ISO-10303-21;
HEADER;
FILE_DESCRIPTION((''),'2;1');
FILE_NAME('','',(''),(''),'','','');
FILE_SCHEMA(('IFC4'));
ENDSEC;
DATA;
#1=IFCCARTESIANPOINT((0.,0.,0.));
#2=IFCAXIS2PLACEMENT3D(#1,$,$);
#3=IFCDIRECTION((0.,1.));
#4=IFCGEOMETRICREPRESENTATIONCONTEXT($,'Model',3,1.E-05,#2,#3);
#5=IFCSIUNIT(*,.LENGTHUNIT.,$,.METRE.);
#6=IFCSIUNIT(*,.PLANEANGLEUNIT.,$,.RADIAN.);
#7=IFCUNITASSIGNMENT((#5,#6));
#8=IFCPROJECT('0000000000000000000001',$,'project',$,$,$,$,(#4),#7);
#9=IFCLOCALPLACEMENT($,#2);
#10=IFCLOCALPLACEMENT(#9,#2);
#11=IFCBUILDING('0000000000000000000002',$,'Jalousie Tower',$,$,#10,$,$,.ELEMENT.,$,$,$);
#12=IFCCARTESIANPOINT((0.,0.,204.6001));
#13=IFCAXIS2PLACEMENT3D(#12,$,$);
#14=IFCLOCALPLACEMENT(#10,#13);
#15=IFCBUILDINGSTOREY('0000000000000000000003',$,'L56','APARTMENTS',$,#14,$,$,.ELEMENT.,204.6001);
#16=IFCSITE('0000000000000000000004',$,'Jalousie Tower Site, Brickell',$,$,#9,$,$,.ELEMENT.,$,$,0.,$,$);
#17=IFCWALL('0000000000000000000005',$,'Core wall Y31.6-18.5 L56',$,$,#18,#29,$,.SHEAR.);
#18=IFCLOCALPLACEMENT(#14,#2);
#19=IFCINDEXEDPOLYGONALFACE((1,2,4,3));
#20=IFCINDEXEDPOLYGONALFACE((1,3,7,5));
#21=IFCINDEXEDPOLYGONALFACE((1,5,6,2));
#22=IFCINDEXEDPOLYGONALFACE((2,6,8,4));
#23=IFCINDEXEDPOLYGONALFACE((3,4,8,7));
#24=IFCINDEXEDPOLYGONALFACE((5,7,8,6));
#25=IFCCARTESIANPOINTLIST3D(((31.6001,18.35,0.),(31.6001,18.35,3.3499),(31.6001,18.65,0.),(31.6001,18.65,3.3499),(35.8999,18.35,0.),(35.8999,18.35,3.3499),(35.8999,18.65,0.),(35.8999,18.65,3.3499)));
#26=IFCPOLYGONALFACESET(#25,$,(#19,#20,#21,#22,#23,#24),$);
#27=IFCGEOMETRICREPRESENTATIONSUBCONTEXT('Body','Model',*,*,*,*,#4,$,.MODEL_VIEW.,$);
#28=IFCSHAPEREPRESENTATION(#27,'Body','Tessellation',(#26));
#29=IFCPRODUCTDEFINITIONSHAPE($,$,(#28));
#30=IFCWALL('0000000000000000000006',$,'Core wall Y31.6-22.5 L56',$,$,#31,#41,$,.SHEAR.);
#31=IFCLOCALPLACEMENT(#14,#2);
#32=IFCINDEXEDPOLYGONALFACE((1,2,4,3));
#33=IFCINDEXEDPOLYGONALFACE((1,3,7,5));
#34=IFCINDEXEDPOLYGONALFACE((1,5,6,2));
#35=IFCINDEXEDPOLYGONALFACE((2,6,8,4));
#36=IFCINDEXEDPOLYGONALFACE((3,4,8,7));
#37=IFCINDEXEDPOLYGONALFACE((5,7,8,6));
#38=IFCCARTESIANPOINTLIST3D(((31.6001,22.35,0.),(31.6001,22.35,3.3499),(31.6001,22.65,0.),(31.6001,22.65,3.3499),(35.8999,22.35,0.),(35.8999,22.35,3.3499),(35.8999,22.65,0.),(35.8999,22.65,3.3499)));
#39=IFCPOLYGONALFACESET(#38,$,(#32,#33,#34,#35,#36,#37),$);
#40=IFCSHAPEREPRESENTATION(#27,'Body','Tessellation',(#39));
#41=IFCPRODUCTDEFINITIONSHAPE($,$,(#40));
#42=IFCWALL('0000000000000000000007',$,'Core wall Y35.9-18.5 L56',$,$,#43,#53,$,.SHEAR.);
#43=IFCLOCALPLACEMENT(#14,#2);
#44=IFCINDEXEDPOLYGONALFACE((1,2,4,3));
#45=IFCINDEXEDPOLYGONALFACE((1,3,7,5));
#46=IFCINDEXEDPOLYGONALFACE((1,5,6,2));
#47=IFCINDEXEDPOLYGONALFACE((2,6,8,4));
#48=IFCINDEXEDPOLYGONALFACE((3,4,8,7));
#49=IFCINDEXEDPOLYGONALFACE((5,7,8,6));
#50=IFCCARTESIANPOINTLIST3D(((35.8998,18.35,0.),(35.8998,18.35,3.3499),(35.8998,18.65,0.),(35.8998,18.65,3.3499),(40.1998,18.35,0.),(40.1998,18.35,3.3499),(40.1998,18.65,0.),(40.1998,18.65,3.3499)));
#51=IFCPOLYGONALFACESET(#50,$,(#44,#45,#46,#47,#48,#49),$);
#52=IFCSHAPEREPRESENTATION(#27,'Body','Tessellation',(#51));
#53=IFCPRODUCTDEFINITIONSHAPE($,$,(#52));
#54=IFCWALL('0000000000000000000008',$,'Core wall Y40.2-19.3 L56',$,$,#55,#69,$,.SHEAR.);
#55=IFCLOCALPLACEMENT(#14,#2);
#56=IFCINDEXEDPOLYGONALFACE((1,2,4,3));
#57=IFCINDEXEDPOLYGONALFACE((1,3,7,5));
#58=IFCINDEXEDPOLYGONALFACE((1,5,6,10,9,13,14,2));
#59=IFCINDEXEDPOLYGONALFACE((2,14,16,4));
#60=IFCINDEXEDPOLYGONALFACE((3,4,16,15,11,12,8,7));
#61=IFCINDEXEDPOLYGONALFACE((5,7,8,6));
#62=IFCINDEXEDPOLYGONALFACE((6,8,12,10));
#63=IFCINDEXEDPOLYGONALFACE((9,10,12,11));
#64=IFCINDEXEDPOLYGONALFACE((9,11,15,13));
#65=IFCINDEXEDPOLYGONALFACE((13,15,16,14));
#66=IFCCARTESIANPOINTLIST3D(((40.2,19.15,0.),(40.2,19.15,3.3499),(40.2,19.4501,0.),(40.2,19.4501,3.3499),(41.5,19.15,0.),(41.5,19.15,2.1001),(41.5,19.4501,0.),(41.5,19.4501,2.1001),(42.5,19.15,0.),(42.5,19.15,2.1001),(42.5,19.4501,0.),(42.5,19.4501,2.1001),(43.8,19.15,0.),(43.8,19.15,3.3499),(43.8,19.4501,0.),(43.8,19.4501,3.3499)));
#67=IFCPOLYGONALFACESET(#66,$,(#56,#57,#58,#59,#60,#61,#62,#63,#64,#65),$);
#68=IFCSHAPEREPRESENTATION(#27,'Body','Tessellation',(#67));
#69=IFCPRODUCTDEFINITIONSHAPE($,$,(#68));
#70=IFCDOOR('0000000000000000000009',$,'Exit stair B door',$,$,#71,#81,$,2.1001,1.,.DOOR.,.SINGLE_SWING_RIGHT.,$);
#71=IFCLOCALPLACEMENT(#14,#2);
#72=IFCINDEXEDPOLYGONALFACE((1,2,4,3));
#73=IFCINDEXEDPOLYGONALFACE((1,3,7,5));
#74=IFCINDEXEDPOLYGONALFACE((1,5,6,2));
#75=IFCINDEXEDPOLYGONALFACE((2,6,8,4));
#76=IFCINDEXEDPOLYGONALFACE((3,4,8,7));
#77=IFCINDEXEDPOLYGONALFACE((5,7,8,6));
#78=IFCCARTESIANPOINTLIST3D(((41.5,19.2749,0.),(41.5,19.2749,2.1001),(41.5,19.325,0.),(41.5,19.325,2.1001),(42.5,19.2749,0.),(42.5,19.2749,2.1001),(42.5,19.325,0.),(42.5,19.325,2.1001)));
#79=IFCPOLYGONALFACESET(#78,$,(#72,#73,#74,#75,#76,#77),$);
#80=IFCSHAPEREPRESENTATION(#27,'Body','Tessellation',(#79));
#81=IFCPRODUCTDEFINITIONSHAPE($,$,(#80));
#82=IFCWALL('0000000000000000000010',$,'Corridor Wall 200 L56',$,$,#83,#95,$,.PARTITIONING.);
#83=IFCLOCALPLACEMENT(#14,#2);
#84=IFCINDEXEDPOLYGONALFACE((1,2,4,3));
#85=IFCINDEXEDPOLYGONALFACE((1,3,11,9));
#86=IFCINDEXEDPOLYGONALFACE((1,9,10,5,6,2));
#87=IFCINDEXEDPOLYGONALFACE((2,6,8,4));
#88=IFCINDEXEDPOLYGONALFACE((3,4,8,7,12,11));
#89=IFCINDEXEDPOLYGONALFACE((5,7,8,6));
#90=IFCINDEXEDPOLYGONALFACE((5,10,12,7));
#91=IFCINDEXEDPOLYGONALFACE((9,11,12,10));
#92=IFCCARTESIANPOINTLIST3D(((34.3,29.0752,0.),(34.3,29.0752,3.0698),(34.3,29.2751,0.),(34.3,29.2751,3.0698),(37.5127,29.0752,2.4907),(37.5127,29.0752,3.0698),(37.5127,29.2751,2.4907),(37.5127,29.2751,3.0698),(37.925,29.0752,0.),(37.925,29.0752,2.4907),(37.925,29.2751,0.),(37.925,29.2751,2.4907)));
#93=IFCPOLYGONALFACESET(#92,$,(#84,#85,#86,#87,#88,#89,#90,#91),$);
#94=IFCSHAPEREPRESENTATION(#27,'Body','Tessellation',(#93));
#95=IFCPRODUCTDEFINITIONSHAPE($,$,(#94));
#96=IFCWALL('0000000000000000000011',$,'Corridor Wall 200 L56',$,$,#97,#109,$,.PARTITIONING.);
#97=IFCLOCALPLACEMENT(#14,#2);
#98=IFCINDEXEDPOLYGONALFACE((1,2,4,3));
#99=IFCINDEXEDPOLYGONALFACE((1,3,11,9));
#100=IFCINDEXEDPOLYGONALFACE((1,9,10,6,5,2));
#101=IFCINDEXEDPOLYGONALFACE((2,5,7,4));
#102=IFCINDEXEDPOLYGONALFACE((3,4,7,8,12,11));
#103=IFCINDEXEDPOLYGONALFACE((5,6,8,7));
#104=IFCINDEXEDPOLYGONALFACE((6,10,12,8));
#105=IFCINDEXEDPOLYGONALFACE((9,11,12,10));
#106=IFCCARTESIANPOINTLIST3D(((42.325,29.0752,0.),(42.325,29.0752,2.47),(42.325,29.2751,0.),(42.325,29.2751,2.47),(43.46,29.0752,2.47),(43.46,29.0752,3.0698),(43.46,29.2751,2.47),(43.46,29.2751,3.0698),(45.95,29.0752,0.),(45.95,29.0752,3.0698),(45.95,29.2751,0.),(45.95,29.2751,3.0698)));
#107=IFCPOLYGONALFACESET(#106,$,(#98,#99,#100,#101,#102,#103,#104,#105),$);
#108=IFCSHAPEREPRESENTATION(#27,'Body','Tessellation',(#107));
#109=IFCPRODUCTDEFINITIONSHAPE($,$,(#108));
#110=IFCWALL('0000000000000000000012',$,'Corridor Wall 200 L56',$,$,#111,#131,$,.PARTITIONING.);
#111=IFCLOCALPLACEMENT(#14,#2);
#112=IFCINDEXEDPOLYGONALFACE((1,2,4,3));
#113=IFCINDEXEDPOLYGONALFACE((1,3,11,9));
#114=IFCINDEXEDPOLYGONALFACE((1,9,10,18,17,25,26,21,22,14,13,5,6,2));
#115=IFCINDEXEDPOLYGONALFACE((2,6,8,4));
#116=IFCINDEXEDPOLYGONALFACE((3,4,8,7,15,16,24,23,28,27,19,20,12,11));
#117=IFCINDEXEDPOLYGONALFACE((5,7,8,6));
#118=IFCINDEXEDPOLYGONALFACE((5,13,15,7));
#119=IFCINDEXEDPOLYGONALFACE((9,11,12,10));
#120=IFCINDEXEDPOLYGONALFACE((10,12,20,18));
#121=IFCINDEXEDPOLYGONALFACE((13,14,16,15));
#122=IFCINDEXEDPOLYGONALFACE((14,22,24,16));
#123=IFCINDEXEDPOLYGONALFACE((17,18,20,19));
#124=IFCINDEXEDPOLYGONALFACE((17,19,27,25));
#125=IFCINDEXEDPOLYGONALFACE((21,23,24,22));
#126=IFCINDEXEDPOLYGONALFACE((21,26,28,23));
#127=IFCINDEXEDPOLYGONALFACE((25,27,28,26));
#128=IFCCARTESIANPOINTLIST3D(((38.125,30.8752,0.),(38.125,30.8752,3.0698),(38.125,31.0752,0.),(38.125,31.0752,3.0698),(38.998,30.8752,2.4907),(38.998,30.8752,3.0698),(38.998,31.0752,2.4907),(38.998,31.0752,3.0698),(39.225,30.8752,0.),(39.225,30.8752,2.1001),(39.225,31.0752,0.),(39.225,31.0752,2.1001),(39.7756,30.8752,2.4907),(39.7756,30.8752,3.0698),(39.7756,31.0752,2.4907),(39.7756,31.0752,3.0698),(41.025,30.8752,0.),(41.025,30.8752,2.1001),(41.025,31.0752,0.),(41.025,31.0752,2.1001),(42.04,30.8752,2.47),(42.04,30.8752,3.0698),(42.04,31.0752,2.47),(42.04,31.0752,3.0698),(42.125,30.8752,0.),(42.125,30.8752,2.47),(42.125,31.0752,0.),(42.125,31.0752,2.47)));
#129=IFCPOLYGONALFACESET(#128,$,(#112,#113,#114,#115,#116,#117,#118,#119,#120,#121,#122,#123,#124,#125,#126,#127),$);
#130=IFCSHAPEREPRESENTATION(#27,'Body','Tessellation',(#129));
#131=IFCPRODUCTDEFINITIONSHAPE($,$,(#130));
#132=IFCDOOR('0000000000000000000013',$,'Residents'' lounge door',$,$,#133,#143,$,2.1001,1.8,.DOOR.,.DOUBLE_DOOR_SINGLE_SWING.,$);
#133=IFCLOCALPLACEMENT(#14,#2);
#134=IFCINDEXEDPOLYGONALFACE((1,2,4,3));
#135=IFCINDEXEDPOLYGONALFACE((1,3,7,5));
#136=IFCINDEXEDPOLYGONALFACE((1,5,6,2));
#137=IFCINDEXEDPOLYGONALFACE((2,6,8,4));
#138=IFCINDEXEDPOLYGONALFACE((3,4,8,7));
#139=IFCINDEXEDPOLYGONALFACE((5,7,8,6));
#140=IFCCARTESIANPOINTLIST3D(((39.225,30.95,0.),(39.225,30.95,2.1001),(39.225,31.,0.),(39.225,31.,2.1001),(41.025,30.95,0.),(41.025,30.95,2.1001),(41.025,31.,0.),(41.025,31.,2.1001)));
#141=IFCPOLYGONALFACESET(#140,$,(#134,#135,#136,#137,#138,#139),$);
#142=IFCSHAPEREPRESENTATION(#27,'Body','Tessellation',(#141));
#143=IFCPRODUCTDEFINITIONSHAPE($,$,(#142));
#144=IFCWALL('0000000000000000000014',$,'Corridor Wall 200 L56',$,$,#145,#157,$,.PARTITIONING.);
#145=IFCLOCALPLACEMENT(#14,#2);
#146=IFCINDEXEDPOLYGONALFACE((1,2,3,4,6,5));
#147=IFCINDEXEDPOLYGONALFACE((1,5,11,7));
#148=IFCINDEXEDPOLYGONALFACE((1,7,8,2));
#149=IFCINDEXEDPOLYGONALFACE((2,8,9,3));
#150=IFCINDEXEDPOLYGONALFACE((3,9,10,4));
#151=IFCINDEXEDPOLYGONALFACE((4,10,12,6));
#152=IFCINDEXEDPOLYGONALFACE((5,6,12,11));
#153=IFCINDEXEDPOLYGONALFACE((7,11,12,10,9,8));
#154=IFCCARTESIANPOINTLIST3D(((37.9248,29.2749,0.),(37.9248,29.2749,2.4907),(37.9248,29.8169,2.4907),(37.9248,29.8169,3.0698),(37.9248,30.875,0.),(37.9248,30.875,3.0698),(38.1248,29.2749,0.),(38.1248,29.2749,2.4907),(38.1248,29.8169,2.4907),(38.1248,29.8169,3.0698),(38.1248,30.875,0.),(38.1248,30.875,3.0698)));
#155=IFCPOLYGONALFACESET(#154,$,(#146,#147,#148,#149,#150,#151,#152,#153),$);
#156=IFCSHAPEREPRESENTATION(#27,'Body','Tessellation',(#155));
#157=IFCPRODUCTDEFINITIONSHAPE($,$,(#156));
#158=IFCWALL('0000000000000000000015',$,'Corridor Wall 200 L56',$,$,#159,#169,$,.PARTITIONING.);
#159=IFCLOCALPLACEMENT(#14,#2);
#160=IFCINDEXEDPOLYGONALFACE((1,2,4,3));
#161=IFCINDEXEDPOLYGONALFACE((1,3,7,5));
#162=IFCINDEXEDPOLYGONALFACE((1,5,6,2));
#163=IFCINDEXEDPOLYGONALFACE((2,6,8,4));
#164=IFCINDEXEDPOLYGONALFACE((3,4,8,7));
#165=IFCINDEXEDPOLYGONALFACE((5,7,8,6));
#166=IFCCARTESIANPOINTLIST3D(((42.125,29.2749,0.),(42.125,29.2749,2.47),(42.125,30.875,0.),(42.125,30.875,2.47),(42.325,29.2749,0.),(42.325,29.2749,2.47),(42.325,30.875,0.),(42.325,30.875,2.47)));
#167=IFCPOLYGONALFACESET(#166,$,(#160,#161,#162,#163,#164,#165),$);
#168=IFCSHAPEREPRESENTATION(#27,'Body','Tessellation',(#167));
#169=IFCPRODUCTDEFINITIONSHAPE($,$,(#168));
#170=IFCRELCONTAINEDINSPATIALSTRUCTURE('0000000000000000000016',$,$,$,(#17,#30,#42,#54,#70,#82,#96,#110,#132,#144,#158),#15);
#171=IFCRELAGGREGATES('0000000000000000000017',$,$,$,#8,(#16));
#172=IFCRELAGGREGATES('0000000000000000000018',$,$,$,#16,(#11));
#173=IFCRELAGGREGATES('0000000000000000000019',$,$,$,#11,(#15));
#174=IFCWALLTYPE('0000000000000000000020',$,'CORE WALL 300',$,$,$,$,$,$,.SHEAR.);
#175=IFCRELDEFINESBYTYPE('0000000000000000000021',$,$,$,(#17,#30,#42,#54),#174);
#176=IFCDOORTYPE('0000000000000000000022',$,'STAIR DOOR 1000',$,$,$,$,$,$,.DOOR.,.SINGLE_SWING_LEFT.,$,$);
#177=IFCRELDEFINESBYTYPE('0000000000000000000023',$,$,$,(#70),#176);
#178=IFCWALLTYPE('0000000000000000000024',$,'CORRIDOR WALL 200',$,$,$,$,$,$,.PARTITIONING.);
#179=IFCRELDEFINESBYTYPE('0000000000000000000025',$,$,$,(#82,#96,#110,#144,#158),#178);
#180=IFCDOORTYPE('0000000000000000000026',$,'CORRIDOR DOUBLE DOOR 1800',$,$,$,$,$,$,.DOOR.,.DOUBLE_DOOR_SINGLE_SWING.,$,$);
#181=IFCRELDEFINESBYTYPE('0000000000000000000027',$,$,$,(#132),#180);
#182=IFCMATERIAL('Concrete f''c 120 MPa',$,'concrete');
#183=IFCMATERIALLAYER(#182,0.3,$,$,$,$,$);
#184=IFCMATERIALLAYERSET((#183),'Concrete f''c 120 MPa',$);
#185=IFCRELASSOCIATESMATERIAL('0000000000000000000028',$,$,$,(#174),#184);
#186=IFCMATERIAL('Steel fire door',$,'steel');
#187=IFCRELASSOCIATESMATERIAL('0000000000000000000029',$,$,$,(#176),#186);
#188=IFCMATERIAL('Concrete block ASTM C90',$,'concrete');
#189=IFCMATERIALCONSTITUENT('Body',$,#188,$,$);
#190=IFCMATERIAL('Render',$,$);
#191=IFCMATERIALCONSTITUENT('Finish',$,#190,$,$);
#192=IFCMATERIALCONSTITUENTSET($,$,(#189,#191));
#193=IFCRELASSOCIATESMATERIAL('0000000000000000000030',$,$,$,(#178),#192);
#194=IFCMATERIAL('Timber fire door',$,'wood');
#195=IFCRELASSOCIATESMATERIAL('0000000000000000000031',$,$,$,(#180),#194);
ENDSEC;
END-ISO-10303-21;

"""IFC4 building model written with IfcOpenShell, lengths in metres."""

from ifc_helpers import new_model, si_unit, direction, frame, frame_2d, origin, place, context, subcontext, project, spatial, polyline, rectangle, outline, extrude, material, layer, layer_set, constituent, constituent_set, type_object, element, fill, save


model = new_model("IFC4")

# Units and contexts
model_context = context("Model", 3, precision=1e-05, world=origin(), true_north=direction((0.0, 1.0)))
body_context = subcontext(model_context, "Body", "Model", "MODEL_VIEW")
ifc_project = project(units=[si_unit("LENGTHUNIT", "METRE"), si_unit("PLANEANGLEUNIT", "RADIAN")], contexts=[model_context])

# Site, building, storey
site_placement = place(None, origin())
site = spatial("IfcSite", under=ifc_project, at=site_placement, Name="Jalousie Tower Site, Brickell", CompositionType="ELEMENT", RefElevation=0.0)
building_placement = place(site_placement, origin())
building = spatial("IfcBuilding", under=site, at=building_placement, Name="Jalousie Tower", CompositionType="ELEMENT")
storey_placement = place(building_placement, frame((0.0, 0.0, 204.6001)))
storey = spatial("IfcBuildingStorey", under=building, at=storey_placement, Name="L56", Description="APARTMENTS", CompositionType="ELEMENT", Elevation=204.6001)

# Shared definitions
ifc_material_1 = material(Name="Concrete f'c 120 MPa", Category="concrete")
ifc_layer_1 = layer(ifc_material_1, 0.3)
ifc_layer_set_1 = layer_set([ifc_layer_1], Name="Concrete f'c 120 MPa")
wall_type_1 = type_object("IfcWallType", Name="CORE WALL 300", PredefinedType="SHEAR", material=ifc_layer_set_1)

# Walls
for number, where, z_axis, x_axis, name in (
    (1, (31.6001, 18.5, 0.0), (0.0, 0.0, 1.0), (1.0, 0.0, 0.0), "Core wall Y31.6-18.5 L56"),
    (2, (31.6001, 22.5, 0.0), (0.0, 0.0, 1.0), (1.0, 0.0, 0.0), "Core wall Y31.6-22.5 L56"),
):
    element("IfcWall", number, at=place(storey_placement, frame(where, z_axis=z_axis, x_axis=x_axis)), inside=storey, type_object=wall_type_1, Name=name, PredefinedType="SHEAR", context=body_context, shape_type="SweptSolid", body=[
        extrude(rectangle(XDim=4.2998, YDim=0.3, at=frame_2d((2.1499, 0.0))), origin(), (0.0, 0.0, 1.0), 3.3499),
    ])
wall_1_placement = place(storey_placement, frame((35.8999, 18.5, 0.0), z_axis=(0.0, 0.0, 1.0), x_axis=(1.0, 0.0, 0.0)))
element("IfcWall", 3, at=wall_1_placement, inside=storey, type_object=wall_type_1, Name="Core wall Y35.9-18.5 L56", PredefinedType="SHEAR", context=body_context, shape_type="SweptSolid", body=[
    extrude(rectangle(XDim=4.3, YDim=0.3, at=frame_2d((2.1499, 0.0))), origin(), (0.0, 0.0, 1.0), 3.3499),
])

# Wall, opening, door
wall_2_placement = place(storey_placement, frame((40.2, 19.3, 0.0), z_axis=(0.0, 0.0, 1.0), x_axis=(1.0, 0.0, 0.0)))
wall_2 = element("IfcWall", 4, at=wall_2_placement, inside=storey, type_object=wall_type_1, Name="Core wall Y40.2-19.3 L56", PredefinedType="SHEAR", context=body_context, shape_type="SweptSolid", body=[
    extrude(rectangle(XDim=3.6001, YDim=0.3, at=frame_2d((1.8, 0.0))), origin(), (0.0, 0.0, 1.0), 3.3499),
])
opening_1_placement = place(wall_2_placement, frame((1.3, 0.0, 0.0)))
opening_1 = element("IfcOpeningElement", 5, at=opening_1_placement, cuts=wall_2, PredefinedType="OPENING", context=body_context, shape_type="SweptSolid", body=[
    extrude(rectangle(XDim=1.0, YDim=2.1001, at=frame_2d((0.5, 1.05))), frame((0.0, 0.1599, 0.0), z_axis=(0.0, -1.0, 0.0), x_axis=(1.0, 0.0, 0.0)), (0.0, 0.0, 1.0), 0.3201),
])
ifc_material_2 = material(Name="Steel fire door", Category="steel")
door_type_1 = type_object("IfcDoorType", Name="STAIR DOOR 1000", OperationType="SINGLE_SWING_LEFT", PredefinedType="DOOR", material=ifc_material_2)
door_1_placement = place(opening_1_placement, origin())
door_1 = element("IfcDoor", 6, at=door_1_placement, inside=storey, type_object=door_type_1, Name="Exit stair B door", OperationType="SINGLE_SWING_RIGHT", OverallHeight=2.1001, OverallWidth=1.0, PredefinedType="DOOR", context=body_context, shape_type="SweptSolid", body=[
    extrude(rectangle(XDim=1.0, YDim=2.1001, at=frame_2d((0.5, 1.05))), frame((0.0, 0.0249, 0.0), z_axis=(0.0, -1.0, 0.0), x_axis=(1.0, 0.0, 0.0)), (0.0, 0.0, 1.0), 0.05),
])
fill(opening_1, door_1)

# Walls
ifc_material_3 = material(Name="Concrete block ASTM C90", Category="concrete")
ifc_constituent_1 = constituent(ifc_material_3, Name="Body")
ifc_material_4 = material(Name="Render")
ifc_constituent_2 = constituent(ifc_material_4, Name="Finish")
ifc_constituent_set_1 = constituent_set(constituents=[ifc_constituent_1, ifc_constituent_2])
wall_type_2 = type_object("IfcWallType", Name="CORRIDOR WALL 200", PredefinedType="PARTITIONING", material=ifc_constituent_set_1)
wall_3_placement = place(storey_placement, frame((34.3, 29.175, 0.0), z_axis=(0.0, 0.0, 1.0), x_axis=(1.0, 0.0, 0.0)))
element("IfcWall", 7, at=wall_3_placement, inside=storey, type_object=wall_type_2, Name="Corridor Wall 200 L56", PredefinedType="PARTITIONING", context=body_context, shape_type="SweptSolid", body=[
    extrude(outline(polyline([(0.0, 0.0), (3.625, 0.0), (3.625, 2.4907), (3.2126, 2.4907), (3.2126, 3.0698), (0.0, 3.0698), (0.0, 0.0)])), frame((0.0, 0.1001, 0.0), z_axis=(0.0, -1.0, 0.0), x_axis=(1.0, 0.0, 0.0)), (0.0, 0.0, 1.0), 0.2),
])
wall_4_placement = place(storey_placement, frame((42.325, 29.175, 0.0), z_axis=(0.0, 0.0, 1.0), x_axis=(1.0, 0.0, 0.0)))
element("IfcWall", 8, at=wall_4_placement, inside=storey, type_object=wall_type_2, Name="Corridor Wall 200 L56", PredefinedType="PARTITIONING", context=body_context, shape_type="SweptSolid", body=[
    extrude(outline(polyline([(0.0, 0.0), (3.625, 0.0), (3.625, 3.0698), (1.135, 3.0698), (1.135, 2.47), (0.0, 2.47), (0.0, 3.0698), (0.0, 0.0)])), frame((0.0, 0.1001, 0.0), z_axis=(0.0, -1.0, 0.0), x_axis=(1.0, 0.0, 0.0)), (0.0, 0.0, 1.0), 0.2),
])

# Wall, opening, door
wall_5_placement = place(storey_placement, frame((38.125, 30.9751, 0.0), z_axis=(0.0, 0.0, 1.0), x_axis=(1.0, 0.0, 0.0)))
wall_5 = element("IfcWall", 9, at=wall_5_placement, inside=storey, type_object=wall_type_2, Name="Corridor Wall 200 L56", PredefinedType="PARTITIONING", context=body_context, shape_type="SweptSolid", body=[
    extrude(outline(polyline([(0.0, 0.0), (4.0, 0.0), (4.0, 2.47), (3.915, 2.47), (3.915, 3.0698), (1.6506, 3.0698), (1.6506, 2.4907), (0.873, 2.4907), (0.873, 3.0698), (0.0, 3.0698), (0.0, 0.0)])), frame((0.0, 0.1001, 0.0), z_axis=(0.0, -1.0, 0.0), x_axis=(1.0, 0.0, 0.0)), (0.0, 0.0, 1.0), 0.2),
])
opening_2_placement = place(wall_5_placement, frame((1.1001, 0.0, 0.0)))
opening_2 = element("IfcOpeningElement", 10, at=opening_2_placement, cuts=wall_5, PredefinedType="OPENING", context=body_context, shape_type="SweptSolid", body=[
    extrude(rectangle(XDim=1.8, YDim=2.1001, at=frame_2d((0.8999, 1.05))), frame((0.0, 0.1099, 0.0), z_axis=(0.0, -1.0, 0.0), x_axis=(1.0, 0.0, 0.0)), (0.0, 0.0, 1.0), 0.22),
])
ifc_material_5 = material(Name="Timber fire door", Category="wood")
door_type_2 = type_object("IfcDoorType", Name="CORRIDOR DOUBLE DOOR 1800", OperationType="DOUBLE_DOOR_SINGLE_SWING", PredefinedType="DOOR", material=ifc_material_5)
door_2_placement = place(opening_2_placement, origin())
door_2 = element("IfcDoor", 11, at=door_2_placement, inside=storey, type_object=door_type_2, Name="Residents' lounge door", OperationType="DOUBLE_DOOR_SINGLE_SWING", OverallHeight=2.1001, OverallWidth=1.8, PredefinedType="DOOR", context=body_context, shape_type="SweptSolid", body=[
    extrude(rectangle(XDim=1.8, YDim=2.1001, at=frame_2d((0.8999, 1.05))), frame((0.0, 0.0249, 0.0), z_axis=(0.0, -1.0, 0.0), x_axis=(1.0, 0.0, 0.0)), (0.0, 0.0, 1.0), 0.05),
])
fill(opening_2, door_2)

# Walls
wall_6_placement = place(storey_placement, frame((38.0249, 29.2749, 0.0), z_axis=(0.0, 0.0, 1.0), x_axis=(0.0, 1.0, 0.0)))
element("IfcWall", 12, at=wall_6_placement, inside=storey, type_object=wall_type_2, Name="Corridor Wall 200 L56", PredefinedType="PARTITIONING", context=body_context, shape_type="SweptSolid", body=[
    extrude(outline(polyline([(0.0, 0.0), (1.6001, 0.0), (1.6001, 3.0698), (0.542, 3.0698), (0.542, 2.4907), (0.0, 2.4907), (0.0, 0.0)])), frame((0.0, 0.1001, 0.0), z_axis=(0.0, -1.0, 0.0), x_axis=(1.0, 0.0, 0.0)), (0.0, 0.0, 1.0), 0.2),
])
wall_7_placement = place(storey_placement, frame((42.2251, 29.2749, 0.0), z_axis=(0.0, 0.0, 1.0), x_axis=(0.0, 1.0, 0.0)))
element("IfcWall", 13, at=wall_7_placement, inside=storey, type_object=wall_type_2, Name="Corridor Wall 200 L56", PredefinedType="PARTITIONING", context=body_context, shape_type="SweptSolid", body=[
    extrude(outline(polyline([(0.0, 0.0), (1.6001, 0.0), (1.6001, 3.0698), (1.6001, 2.47), (0.0, 2.47), (0.0, 3.0698), (0.0, 0.0)])), frame((0.0, 0.1001, 0.0), z_axis=(0.0, -1.0, 0.0), x_axis=(1.0, 0.0, 0.0)), (0.0, 0.0, 1.0), 0.2),
])

save(model, "model.ifc")
